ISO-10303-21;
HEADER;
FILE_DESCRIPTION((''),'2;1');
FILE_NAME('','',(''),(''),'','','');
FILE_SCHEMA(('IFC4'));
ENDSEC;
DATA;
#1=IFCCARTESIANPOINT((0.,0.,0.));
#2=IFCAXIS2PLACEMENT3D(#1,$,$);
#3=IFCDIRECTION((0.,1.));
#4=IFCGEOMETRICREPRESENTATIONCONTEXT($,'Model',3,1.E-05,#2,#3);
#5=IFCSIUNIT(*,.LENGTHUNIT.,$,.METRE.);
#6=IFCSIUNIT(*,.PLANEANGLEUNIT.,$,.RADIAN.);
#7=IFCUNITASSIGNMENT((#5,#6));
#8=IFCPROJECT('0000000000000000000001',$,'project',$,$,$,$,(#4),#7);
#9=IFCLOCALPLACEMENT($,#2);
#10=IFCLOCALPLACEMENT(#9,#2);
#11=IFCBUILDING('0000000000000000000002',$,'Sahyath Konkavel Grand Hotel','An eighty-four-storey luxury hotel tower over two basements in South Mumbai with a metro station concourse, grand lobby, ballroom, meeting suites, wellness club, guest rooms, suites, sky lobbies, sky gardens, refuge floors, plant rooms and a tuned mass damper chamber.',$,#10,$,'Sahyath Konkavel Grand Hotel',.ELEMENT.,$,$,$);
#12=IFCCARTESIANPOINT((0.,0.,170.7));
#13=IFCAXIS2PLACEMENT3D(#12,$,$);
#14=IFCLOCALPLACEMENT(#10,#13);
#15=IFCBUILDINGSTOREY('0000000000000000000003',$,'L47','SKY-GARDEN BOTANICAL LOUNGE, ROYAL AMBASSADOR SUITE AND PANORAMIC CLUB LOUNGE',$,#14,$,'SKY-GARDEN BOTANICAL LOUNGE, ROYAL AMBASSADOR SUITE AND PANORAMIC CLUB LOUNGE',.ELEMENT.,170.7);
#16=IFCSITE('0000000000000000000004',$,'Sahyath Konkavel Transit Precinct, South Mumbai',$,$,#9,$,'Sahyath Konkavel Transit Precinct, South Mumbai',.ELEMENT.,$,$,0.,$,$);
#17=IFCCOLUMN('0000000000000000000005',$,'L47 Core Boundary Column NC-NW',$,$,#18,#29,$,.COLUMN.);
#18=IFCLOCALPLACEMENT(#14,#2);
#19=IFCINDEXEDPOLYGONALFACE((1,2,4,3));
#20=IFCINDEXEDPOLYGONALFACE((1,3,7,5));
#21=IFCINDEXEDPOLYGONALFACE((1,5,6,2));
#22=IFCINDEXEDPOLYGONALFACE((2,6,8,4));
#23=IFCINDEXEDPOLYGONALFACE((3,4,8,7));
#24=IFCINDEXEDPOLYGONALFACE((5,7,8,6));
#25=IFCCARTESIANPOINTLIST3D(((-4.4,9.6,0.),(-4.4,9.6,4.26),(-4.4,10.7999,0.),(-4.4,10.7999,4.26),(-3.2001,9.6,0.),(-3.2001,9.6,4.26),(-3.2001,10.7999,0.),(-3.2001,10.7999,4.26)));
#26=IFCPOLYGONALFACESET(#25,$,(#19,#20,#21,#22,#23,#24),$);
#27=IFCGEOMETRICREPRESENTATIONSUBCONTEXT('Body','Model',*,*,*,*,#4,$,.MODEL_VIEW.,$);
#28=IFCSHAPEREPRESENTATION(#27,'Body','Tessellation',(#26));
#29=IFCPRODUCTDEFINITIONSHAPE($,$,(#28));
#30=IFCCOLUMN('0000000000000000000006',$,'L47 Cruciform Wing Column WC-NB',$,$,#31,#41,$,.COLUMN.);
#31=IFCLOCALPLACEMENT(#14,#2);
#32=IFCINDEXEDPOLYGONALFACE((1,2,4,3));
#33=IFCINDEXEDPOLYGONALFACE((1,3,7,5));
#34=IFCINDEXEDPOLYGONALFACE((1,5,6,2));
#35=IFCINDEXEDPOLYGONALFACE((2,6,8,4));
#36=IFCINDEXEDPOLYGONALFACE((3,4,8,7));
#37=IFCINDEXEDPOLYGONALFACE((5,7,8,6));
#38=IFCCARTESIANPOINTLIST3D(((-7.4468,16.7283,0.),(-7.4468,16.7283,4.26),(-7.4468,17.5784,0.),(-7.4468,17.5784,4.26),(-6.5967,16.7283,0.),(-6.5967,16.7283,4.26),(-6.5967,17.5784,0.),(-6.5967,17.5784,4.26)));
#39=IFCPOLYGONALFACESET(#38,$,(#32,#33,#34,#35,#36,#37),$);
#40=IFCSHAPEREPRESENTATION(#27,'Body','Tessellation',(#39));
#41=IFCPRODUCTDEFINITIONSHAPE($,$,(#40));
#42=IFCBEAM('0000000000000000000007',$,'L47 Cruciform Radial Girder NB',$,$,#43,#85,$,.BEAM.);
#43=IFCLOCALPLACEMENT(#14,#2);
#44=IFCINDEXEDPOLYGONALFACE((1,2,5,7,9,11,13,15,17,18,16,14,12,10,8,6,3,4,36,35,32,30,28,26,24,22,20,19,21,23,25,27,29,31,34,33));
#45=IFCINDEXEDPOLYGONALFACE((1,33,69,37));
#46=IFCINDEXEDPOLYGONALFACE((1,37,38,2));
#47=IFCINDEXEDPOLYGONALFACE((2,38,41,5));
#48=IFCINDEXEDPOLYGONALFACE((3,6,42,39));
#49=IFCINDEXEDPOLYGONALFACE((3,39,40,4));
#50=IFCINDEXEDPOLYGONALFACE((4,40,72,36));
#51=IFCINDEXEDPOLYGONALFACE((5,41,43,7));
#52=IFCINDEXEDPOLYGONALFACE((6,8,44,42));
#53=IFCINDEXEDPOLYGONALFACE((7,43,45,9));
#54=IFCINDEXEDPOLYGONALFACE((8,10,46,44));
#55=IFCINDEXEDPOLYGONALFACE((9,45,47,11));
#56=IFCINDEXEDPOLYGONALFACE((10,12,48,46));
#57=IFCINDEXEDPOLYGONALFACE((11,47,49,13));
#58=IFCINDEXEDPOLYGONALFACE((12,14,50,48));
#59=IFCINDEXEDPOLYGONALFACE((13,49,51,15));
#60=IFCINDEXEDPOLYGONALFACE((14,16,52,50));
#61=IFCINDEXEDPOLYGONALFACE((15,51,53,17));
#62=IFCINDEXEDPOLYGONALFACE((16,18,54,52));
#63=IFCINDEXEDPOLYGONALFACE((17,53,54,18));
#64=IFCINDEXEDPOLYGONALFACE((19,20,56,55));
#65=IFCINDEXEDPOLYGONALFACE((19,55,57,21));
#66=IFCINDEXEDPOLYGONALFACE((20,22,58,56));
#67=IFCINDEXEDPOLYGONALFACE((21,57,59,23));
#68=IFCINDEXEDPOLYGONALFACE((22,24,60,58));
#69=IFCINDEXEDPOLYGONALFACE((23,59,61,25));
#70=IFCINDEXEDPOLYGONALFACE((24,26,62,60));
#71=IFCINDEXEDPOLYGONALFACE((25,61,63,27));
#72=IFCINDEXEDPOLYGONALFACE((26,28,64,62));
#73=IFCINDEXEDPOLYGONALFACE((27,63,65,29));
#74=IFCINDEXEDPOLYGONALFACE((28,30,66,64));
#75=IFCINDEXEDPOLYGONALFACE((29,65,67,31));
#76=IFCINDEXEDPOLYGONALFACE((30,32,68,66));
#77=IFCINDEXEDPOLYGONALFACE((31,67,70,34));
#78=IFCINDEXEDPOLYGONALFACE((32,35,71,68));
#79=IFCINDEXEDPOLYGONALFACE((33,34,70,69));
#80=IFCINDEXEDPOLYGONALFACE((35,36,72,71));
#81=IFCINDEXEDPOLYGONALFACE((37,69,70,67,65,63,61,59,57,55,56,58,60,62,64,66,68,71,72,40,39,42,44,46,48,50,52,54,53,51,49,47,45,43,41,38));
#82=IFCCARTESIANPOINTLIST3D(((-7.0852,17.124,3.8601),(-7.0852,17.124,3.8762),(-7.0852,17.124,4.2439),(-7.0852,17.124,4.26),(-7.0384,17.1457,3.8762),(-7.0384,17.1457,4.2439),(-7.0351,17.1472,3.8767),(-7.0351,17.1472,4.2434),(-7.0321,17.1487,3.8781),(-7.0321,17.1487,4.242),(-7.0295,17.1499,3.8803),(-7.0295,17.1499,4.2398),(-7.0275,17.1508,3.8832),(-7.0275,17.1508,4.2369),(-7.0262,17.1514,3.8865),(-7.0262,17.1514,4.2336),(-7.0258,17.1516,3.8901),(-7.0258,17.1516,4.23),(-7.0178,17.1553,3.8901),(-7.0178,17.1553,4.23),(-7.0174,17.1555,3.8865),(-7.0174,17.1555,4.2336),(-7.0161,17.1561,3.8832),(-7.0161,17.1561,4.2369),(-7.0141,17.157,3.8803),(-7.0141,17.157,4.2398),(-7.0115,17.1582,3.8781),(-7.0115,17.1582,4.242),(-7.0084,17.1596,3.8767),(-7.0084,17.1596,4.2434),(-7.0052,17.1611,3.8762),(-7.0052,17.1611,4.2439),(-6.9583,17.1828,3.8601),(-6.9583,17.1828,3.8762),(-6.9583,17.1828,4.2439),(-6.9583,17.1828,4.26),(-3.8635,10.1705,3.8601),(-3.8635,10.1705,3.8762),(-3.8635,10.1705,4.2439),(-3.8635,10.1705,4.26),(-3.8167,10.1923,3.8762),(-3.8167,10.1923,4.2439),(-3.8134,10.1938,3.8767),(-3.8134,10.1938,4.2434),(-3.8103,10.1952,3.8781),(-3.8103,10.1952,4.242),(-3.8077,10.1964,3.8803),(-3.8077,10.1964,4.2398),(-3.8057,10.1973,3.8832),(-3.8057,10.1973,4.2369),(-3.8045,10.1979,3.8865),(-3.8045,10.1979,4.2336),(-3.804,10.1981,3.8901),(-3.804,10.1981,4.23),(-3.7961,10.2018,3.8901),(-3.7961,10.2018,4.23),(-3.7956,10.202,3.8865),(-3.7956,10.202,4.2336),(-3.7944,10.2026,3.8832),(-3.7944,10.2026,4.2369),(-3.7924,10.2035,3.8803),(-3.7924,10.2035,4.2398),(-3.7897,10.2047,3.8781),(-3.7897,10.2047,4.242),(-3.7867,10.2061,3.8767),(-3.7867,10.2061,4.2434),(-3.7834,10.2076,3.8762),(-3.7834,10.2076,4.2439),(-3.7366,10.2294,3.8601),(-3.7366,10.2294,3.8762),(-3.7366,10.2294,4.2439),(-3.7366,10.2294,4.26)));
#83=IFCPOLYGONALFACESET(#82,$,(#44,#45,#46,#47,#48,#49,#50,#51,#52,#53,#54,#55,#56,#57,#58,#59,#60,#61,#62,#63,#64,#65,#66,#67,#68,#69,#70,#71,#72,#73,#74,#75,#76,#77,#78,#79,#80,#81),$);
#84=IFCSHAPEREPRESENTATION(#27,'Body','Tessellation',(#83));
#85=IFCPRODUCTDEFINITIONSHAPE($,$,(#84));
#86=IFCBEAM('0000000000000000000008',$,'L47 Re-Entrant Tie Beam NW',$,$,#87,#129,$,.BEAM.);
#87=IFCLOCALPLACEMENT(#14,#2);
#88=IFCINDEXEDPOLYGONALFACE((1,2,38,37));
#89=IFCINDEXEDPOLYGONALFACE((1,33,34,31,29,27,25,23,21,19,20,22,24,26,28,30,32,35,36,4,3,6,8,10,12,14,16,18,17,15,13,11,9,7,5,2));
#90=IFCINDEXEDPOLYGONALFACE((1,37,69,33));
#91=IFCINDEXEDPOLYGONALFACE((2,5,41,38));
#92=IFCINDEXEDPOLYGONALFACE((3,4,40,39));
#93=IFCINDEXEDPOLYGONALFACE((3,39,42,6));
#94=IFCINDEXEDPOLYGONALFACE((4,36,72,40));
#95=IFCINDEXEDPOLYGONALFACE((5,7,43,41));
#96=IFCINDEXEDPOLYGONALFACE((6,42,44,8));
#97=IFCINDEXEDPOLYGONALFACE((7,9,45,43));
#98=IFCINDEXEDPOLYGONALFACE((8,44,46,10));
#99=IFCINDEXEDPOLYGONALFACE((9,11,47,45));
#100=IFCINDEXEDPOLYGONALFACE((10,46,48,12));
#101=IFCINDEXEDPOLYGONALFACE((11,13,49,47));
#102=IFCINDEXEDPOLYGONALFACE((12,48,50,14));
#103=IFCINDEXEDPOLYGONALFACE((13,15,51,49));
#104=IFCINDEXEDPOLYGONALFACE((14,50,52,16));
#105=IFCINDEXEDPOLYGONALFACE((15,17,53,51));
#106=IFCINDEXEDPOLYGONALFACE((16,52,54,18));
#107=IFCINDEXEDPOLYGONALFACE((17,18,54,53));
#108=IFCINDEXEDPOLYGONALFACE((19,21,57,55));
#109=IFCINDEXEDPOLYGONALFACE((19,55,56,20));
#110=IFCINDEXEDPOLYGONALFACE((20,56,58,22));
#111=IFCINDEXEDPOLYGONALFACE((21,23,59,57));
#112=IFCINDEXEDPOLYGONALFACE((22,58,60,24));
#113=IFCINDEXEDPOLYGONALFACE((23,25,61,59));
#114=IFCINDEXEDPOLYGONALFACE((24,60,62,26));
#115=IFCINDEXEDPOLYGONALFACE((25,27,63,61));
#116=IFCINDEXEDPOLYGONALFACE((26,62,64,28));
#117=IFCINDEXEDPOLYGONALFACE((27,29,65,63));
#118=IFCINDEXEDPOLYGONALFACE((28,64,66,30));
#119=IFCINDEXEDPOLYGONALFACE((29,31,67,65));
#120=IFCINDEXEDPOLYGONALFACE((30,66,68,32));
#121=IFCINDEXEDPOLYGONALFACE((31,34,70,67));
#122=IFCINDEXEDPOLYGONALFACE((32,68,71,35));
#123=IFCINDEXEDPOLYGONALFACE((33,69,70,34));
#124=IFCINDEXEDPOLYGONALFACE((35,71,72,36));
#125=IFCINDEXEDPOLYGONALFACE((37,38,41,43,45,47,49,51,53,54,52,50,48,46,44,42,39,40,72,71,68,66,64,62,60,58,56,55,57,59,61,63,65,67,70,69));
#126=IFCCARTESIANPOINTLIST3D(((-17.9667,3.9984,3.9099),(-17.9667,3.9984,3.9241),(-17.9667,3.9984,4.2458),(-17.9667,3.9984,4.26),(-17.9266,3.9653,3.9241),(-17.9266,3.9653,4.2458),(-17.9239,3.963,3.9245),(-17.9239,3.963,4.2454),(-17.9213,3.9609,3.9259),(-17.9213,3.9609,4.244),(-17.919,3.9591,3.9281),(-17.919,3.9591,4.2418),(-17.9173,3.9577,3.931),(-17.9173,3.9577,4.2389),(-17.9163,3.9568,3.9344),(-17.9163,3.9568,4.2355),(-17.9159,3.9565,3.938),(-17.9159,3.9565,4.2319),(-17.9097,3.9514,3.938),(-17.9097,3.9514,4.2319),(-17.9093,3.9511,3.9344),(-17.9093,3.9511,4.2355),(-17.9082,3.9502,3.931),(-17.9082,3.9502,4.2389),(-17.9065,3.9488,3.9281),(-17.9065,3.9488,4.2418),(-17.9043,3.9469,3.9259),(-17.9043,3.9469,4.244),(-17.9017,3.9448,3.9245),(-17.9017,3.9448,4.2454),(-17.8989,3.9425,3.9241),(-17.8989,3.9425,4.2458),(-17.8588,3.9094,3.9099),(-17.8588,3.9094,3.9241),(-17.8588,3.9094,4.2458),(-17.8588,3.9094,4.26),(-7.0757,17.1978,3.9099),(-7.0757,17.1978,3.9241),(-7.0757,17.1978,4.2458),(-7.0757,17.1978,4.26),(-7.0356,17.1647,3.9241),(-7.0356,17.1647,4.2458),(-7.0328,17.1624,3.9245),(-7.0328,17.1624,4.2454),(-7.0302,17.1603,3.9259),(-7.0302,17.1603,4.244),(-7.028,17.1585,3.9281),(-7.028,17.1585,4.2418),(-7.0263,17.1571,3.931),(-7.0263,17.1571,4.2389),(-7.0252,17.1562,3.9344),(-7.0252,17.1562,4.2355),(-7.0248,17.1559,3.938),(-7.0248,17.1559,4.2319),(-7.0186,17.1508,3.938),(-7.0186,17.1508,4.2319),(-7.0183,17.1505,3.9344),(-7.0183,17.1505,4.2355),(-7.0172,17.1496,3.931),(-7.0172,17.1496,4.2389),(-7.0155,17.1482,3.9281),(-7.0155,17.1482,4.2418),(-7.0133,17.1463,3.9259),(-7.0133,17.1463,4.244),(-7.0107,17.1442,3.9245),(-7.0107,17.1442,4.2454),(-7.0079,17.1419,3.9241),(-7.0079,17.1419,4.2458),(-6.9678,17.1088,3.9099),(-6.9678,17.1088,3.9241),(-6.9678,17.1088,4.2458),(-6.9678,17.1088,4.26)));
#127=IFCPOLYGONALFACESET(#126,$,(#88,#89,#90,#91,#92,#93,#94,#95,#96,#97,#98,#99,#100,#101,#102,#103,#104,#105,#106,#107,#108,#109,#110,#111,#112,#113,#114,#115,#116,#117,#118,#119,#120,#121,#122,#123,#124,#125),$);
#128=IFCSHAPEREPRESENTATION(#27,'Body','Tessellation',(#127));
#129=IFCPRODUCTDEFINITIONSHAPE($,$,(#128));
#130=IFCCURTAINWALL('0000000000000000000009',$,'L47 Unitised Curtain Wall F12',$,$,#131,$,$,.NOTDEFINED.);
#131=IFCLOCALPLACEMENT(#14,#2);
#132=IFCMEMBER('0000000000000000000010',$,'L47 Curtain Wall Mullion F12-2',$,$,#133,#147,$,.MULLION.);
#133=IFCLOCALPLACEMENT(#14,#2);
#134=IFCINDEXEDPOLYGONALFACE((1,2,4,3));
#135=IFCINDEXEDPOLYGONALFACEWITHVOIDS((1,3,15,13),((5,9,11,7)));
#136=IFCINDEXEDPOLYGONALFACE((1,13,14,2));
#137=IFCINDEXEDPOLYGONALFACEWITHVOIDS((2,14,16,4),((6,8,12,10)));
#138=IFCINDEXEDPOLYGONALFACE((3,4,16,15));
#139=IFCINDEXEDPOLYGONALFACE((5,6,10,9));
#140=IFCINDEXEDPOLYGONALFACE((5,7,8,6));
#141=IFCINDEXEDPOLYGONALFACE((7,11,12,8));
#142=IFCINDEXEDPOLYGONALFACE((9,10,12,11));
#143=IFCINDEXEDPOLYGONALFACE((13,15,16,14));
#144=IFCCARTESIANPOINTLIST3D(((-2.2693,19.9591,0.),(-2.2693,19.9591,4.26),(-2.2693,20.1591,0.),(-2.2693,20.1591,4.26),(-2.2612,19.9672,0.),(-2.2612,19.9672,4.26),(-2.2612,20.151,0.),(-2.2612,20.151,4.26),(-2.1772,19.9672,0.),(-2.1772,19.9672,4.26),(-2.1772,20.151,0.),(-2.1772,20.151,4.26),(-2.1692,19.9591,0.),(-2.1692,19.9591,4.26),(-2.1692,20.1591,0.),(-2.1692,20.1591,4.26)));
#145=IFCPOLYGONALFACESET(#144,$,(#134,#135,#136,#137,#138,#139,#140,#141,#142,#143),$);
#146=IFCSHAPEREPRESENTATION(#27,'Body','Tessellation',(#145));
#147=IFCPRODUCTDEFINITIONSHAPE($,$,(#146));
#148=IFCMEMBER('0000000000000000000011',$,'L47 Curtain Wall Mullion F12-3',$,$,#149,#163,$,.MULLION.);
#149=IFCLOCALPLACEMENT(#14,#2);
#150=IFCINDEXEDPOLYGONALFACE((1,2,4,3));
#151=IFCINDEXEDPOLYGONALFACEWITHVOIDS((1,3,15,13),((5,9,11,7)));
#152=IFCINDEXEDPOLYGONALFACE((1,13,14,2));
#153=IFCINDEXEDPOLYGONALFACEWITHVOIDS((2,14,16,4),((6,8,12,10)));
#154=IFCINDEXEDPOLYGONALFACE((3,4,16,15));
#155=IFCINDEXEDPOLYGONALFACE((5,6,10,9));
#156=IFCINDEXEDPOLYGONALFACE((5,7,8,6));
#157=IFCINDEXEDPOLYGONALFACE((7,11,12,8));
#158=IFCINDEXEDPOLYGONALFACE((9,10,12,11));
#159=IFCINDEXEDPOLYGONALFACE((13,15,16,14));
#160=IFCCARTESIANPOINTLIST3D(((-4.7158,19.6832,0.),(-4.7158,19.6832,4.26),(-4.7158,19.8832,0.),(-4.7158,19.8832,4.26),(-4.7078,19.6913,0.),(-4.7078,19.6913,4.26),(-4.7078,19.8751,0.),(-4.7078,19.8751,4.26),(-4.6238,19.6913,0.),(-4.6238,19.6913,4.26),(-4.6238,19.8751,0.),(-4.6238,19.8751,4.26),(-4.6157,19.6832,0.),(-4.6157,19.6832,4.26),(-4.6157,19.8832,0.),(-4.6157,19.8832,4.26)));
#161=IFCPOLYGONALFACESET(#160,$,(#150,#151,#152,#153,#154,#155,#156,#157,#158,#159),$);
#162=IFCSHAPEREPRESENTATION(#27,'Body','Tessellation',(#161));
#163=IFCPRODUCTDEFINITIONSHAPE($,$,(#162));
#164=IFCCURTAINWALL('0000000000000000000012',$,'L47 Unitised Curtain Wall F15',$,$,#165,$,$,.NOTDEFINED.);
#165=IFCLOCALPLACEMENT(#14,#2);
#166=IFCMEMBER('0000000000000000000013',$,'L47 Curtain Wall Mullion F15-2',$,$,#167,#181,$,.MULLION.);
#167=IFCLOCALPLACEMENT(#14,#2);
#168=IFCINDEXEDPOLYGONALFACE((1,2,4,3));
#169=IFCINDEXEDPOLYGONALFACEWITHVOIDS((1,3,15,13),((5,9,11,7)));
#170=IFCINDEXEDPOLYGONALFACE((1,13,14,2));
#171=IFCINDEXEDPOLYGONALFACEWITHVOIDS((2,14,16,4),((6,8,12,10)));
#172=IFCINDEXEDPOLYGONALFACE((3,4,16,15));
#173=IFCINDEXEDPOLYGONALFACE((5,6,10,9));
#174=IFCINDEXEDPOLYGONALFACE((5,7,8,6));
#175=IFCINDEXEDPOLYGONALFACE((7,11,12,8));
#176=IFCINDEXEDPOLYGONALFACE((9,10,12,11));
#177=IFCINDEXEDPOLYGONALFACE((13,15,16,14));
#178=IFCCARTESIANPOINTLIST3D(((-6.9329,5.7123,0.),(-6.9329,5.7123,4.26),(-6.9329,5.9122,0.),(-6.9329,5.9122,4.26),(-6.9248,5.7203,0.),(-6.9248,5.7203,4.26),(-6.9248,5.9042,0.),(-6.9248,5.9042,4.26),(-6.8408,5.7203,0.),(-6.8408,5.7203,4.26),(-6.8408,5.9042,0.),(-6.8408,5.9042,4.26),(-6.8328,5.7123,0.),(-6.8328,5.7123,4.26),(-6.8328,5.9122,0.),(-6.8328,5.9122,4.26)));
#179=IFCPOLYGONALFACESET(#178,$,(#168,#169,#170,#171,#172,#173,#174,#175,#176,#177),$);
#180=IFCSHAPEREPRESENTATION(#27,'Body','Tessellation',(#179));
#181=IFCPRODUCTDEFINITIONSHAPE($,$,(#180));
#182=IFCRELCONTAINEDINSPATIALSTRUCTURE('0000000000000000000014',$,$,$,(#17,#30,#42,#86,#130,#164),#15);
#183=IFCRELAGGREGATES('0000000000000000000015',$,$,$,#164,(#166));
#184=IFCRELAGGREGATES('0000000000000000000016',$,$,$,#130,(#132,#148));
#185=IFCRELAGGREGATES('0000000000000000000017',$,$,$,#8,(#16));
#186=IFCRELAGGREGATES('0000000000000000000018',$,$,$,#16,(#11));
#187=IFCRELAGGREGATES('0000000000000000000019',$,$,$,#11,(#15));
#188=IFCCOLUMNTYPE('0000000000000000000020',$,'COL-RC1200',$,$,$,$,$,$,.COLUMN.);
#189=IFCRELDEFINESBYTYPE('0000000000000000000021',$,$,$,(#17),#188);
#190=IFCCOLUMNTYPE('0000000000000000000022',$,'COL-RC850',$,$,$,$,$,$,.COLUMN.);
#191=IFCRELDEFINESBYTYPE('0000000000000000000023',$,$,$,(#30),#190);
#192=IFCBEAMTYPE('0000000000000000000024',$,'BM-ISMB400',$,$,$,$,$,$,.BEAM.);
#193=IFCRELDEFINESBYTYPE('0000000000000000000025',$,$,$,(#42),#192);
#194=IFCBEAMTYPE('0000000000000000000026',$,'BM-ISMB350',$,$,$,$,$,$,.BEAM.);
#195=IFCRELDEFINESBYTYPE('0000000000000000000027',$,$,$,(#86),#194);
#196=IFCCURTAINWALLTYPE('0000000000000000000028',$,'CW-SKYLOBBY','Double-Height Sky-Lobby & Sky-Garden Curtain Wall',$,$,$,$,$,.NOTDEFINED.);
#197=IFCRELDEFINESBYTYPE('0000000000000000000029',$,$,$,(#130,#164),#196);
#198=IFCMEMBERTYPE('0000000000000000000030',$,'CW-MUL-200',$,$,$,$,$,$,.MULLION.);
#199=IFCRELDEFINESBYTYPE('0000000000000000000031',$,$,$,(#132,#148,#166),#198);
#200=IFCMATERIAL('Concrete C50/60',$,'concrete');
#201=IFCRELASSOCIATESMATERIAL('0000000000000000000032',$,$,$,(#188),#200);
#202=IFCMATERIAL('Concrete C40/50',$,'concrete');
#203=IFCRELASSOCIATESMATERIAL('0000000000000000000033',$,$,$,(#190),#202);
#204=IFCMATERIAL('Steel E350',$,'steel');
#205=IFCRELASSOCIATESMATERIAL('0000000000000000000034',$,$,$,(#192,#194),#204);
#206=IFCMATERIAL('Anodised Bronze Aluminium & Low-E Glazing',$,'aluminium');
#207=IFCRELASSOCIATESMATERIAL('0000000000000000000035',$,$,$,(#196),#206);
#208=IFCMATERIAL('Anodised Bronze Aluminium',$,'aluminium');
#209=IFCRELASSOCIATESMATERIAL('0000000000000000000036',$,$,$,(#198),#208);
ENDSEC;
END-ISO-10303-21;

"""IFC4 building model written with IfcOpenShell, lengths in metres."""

from ifc_helpers import new_model, si_unit, direction, frame, origin, origin_2d, place, context, subcontext, project, spatial, rectangle, hollow_rectangle, i_section, extrude, source, transform, mapped, material, material_profile, profile_set, type_object, element, aggregate, save


model = new_model("IFC4")

# Units and contexts
model_context = context("Model", 3, precision=1e-05, world=origin(), true_north=direction((0.0, 1.0)))
body_context = subcontext(model_context, "Body", "Model", "MODEL_VIEW")
ifc_project = project(units=[si_unit("LENGTHUNIT", "METRE"), si_unit("PLANEANGLEUNIT", "RADIAN")], contexts=[model_context])

# Site, building, storey
site_placement = place(None, origin())
site = spatial("IfcSite", under=ifc_project, at=site_placement, Name="Sahyath Konkavel Transit Precinct, South Mumbai", LongName="Sahyath Konkavel Transit Precinct, South Mumbai", CompositionType="ELEMENT", RefElevation=0.0)
building_placement = place(site_placement, origin())
building = spatial("IfcBuilding", under=site, at=building_placement, Name="Sahyath Konkavel Grand Hotel", Description="An eighty-four-storey luxury hotel tower over two basements in South Mumbai with a metro station concourse, grand lobby, ballroom, meeting suites, wellness club, guest rooms, suites, sky lobbies, sky gardens, refuge floors, plant rooms and a tuned mass damper chamber.", LongName="Sahyath Konkavel Grand Hotel", CompositionType="ELEMENT")
storey_placement = place(building_placement, frame((0.0, 0.0, 170.7)))
storey = spatial("IfcBuildingStorey", under=building, at=storey_placement, Name="L47", Description="SKY-GARDEN BOTANICAL LOUNGE, ROYAL AMBASSADOR SUITE AND PANORAMIC CLUB LOUNGE", LongName="SKY-GARDEN BOTANICAL LOUNGE, ROYAL AMBASSADOR SUITE AND PANORAMIC CLUB LOUNGE", CompositionType="ELEMENT", Elevation=170.7)

# Columns
ifc_material_1 = material(Name="Concrete C50/60", Category="concrete")
ifc_material_profile_1 = material_profile(ifc_material_1, rectangle(XDim=1.2, YDim=1.2, at=origin_2d()), Name="RC 1200x1200")
ifc_profile_set_1 = profile_set([ifc_material_profile_1], Name="Concrete C50/60")
column_type_1 = type_object("IfcColumnType", Name="COL-RC1200", PredefinedType="COLUMN", material=ifc_profile_set_1)
shared_shape_1 = source(origin(), body_context, "Body", "SweptSolid", [
    extrude(rectangle(XDim=1.2, YDim=1.2, at=origin_2d()), origin(), (0.0, 0.0, 1.0), 4.26),
])
column_1_placement = place(storey_placement, frame((-3.8, 10.2, 0.0), z_axis=(0.0, 0.0, 1.0), x_axis=(1.0, 0.0, 0.0)))
element("IfcColumn", 1, at=column_1_placement, inside=storey, type_object=column_type_1, Name="L47 Core Boundary Column NC-NW", PredefinedType="COLUMN", context=body_context, shape_type="MappedRepresentation", body=[
    mapped(shared_shape_1, transform((0.0, 0.0, 0.0), scale=1.0)),
])
ifc_material_2 = material(Name="Concrete C40/50", Category="concrete")
ifc_material_profile_2 = material_profile(ifc_material_2, rectangle(XDim=0.8501, YDim=0.8501, at=origin_2d()), Name="RC 850x850")
ifc_profile_set_2 = profile_set([ifc_material_profile_2], Name="Concrete C40/50")
column_type_2 = type_object("IfcColumnType", Name="COL-RC850", PredefinedType="COLUMN", material=ifc_profile_set_2)
shared_shape_2 = source(origin(), body_context, "Body", "SweptSolid", [
    extrude(rectangle(XDim=0.8501, YDim=0.8501, at=origin_2d()), origin(), (0.0, 0.0, 1.0), 4.26),
])
column_2_placement = place(storey_placement, frame((-7.0217, 17.1533, 0.0), z_axis=(0.0, 0.0, 1.0), x_axis=(1.0, 0.0, 0.0)))
element("IfcColumn", 2, at=column_2_placement, inside=storey, type_object=column_type_2, Name="L47 Cruciform Wing Column WC-NB", PredefinedType="COLUMN", context=body_context, shape_type="MappedRepresentation", body=[
    mapped(shared_shape_2, transform((0.0, 0.0, 0.0), scale=1.0)),
])

# Beams
ifc_material_3 = material(Name="Steel E350", Category="steel")
ifc_material_profile_3 = material_profile(ifc_material_3, i_section(OverallWidth=0.1399, OverallDepth=0.3999, WebThickness=0.0088, FlangeThickness=0.0161, FilletRadius=0.0139, at=origin_2d()), Name="ISMB 400")
ifc_profile_set_3 = profile_set([ifc_material_profile_3], Name="Steel E350")
beam_type_1 = type_object("IfcBeamType", Name="BM-ISMB400", PredefinedType="BEAM", material=ifc_profile_set_3)
shared_shape_3 = source(origin(), body_context, "Body", "SweptSolid", [
    extrude(i_section(OverallWidth=0.1399, OverallDepth=0.3999, WebThickness=0.0088, FlangeThickness=0.0161, FilletRadius=0.0139, at=origin_2d()), origin(), (0.0, 0.0, 1.0), 7.6636),
])
beam_1_placement = place(storey_placement, frame((-3.8, 10.2, 4.0601), z_axis=(-0.420395, 0.907341, 0.0), x_axis=(-0.907341, -0.420395, 0.0)))
element("IfcBeam", 3, at=beam_1_placement, inside=storey, type_object=beam_type_1, Name="L47 Cruciform Radial Girder NB", PredefinedType="BEAM", context=body_context, shape_type="MappedRepresentation", body=[
    mapped(shared_shape_3, transform((0.0, 0.0, 0.0), scale=1.0)),
])
ifc_material_profile_4 = material_profile(ifc_material_3, i_section(OverallWidth=0.1399, OverallDepth=0.3501, WebThickness=0.0081, FlangeThickness=0.0142, FilletRadius=0.0139, at=origin_2d()), Name="ISMB 350")
ifc_profile_set_4 = profile_set([ifc_material_profile_4], Name="Steel E350")
beam_type_2 = type_object("IfcBeamType", Name="BM-ISMB350", PredefinedType="BEAM", material=ifc_profile_set_4)
shared_shape_4 = source(origin(), body_context, "Body", "SweptSolid", [
    extrude(i_section(OverallWidth=0.1399, OverallDepth=0.3501, WebThickness=0.0081, FlangeThickness=0.0142, FilletRadius=0.0139, at=origin_2d()), origin(), (0.0, 0.0, 1.0), 17.1125),
])
beam_2_placement = place(storey_placement, frame((-7.0217, 17.1533, 4.085), z_axis=(-0.636437, -0.771329, 0.0), x_axis=(0.771329, -0.636437, 0.0)))
element("IfcBeam", 4, at=beam_2_placement, inside=storey, type_object=beam_type_2, Name="L47 Re-Entrant Tie Beam NW", PredefinedType="BEAM", context=body_context, shape_type="MappedRepresentation", body=[
    mapped(shared_shape_4, transform((0.0, 0.0, 0.0), scale=1.0)),
])

# Curtain wall, members
ifc_material_4 = material(Name="Anodised Bronze Aluminium & Low-E Glazing", Category="aluminium")
curtain_wall_type = type_object("IfcCurtainWallType", Name="CW-SKYLOBBY", Description="Double-Height Sky-Lobby & Sky-Garden Curtain Wall", PredefinedType="NOTDEFINED", material=ifc_material_4)
curtain_wall_1_placement = place(storey_placement, origin())
curtain_wall_1 = element("IfcCurtainWall", 5, at=curtain_wall_1_placement, inside=storey, type_object=curtain_wall_type, Name="L47 Unitised Curtain Wall F12", PredefinedType="NOTDEFINED")
ifc_material_5 = material(Name="Anodised Bronze Aluminium", Category="aluminium")
ifc_material_profile_5 = material_profile(ifc_material_5, hollow_rectangle(XDim=0.1001, YDim=0.2, WallThickness=0.0081, at=origin_2d()), Name="RHS 200x100x8")
ifc_profile_set_5 = profile_set([ifc_material_profile_5], Name="Anodised Bronze Aluminium")
member_type_1 = type_object("IfcMemberType", Name="CW-MUL-200", PredefinedType="MULLION", material=ifc_profile_set_5)
shared_shape_5 = source(origin(), body_context, "Body", "SweptSolid", [
    extrude(hollow_rectangle(XDim=0.1001, YDim=0.2, WallThickness=0.0081, at=origin_2d()), origin(), (0.0, 0.0, 1.0), 4.26),
])
member_1_placement = place(storey_placement, frame((-2.2192, 20.0591, 0.0), z_axis=(0.0, 0.0, 1.0), x_axis=(1.0, 0.0, 0.0)))
member_1 = element("IfcMember", 6, at=member_1_placement, type_object=member_type_1, Name="L47 Curtain Wall Mullion F12-2", PredefinedType="MULLION", context=body_context, shape_type="MappedRepresentation", body=[
    mapped(shared_shape_5, transform((0.0, 0.0, 0.0), scale=1.0)),
])
member_2_placement = place(storey_placement, frame((-4.6658, 19.7832, 0.0), z_axis=(0.0, 0.0, 1.0), x_axis=(1.0, 0.0, 0.0)))
member_2 = element("IfcMember", 7, at=member_2_placement, type_object=member_type_1, Name="L47 Curtain Wall Mullion F12-3", PredefinedType="MULLION", context=body_context, shape_type="MappedRepresentation", body=[
    mapped(shared_shape_5, transform((0.0, 0.0, 0.0), scale=1.0)),
])

# Curtain wall, member
curtain_wall_2_placement = place(storey_placement, origin())
curtain_wall_2 = element("IfcCurtainWall", 8, at=curtain_wall_2_placement, inside=storey, type_object=curtain_wall_type, Name="L47 Unitised Curtain Wall F15", PredefinedType="NOTDEFINED")
member_3_placement = place(storey_placement, frame((-6.8828, 5.8123, 0.0), z_axis=(0.0, 0.0, 1.0), x_axis=(1.0, 0.0, 0.0)))
member_3 = element("IfcMember", 9, at=member_3_placement, type_object=member_type_1, Name="L47 Curtain Wall Mullion F15-2", PredefinedType="MULLION", context=body_context, shape_type="MappedRepresentation", body=[
    mapped(shared_shape_5, transform((0.0, 0.0, 0.0), scale=1.0)),
])
aggregate(curtain_wall_2, [member_3])

aggregate(curtain_wall_1, [member_1, member_2])

save(model, "model.ifc")
